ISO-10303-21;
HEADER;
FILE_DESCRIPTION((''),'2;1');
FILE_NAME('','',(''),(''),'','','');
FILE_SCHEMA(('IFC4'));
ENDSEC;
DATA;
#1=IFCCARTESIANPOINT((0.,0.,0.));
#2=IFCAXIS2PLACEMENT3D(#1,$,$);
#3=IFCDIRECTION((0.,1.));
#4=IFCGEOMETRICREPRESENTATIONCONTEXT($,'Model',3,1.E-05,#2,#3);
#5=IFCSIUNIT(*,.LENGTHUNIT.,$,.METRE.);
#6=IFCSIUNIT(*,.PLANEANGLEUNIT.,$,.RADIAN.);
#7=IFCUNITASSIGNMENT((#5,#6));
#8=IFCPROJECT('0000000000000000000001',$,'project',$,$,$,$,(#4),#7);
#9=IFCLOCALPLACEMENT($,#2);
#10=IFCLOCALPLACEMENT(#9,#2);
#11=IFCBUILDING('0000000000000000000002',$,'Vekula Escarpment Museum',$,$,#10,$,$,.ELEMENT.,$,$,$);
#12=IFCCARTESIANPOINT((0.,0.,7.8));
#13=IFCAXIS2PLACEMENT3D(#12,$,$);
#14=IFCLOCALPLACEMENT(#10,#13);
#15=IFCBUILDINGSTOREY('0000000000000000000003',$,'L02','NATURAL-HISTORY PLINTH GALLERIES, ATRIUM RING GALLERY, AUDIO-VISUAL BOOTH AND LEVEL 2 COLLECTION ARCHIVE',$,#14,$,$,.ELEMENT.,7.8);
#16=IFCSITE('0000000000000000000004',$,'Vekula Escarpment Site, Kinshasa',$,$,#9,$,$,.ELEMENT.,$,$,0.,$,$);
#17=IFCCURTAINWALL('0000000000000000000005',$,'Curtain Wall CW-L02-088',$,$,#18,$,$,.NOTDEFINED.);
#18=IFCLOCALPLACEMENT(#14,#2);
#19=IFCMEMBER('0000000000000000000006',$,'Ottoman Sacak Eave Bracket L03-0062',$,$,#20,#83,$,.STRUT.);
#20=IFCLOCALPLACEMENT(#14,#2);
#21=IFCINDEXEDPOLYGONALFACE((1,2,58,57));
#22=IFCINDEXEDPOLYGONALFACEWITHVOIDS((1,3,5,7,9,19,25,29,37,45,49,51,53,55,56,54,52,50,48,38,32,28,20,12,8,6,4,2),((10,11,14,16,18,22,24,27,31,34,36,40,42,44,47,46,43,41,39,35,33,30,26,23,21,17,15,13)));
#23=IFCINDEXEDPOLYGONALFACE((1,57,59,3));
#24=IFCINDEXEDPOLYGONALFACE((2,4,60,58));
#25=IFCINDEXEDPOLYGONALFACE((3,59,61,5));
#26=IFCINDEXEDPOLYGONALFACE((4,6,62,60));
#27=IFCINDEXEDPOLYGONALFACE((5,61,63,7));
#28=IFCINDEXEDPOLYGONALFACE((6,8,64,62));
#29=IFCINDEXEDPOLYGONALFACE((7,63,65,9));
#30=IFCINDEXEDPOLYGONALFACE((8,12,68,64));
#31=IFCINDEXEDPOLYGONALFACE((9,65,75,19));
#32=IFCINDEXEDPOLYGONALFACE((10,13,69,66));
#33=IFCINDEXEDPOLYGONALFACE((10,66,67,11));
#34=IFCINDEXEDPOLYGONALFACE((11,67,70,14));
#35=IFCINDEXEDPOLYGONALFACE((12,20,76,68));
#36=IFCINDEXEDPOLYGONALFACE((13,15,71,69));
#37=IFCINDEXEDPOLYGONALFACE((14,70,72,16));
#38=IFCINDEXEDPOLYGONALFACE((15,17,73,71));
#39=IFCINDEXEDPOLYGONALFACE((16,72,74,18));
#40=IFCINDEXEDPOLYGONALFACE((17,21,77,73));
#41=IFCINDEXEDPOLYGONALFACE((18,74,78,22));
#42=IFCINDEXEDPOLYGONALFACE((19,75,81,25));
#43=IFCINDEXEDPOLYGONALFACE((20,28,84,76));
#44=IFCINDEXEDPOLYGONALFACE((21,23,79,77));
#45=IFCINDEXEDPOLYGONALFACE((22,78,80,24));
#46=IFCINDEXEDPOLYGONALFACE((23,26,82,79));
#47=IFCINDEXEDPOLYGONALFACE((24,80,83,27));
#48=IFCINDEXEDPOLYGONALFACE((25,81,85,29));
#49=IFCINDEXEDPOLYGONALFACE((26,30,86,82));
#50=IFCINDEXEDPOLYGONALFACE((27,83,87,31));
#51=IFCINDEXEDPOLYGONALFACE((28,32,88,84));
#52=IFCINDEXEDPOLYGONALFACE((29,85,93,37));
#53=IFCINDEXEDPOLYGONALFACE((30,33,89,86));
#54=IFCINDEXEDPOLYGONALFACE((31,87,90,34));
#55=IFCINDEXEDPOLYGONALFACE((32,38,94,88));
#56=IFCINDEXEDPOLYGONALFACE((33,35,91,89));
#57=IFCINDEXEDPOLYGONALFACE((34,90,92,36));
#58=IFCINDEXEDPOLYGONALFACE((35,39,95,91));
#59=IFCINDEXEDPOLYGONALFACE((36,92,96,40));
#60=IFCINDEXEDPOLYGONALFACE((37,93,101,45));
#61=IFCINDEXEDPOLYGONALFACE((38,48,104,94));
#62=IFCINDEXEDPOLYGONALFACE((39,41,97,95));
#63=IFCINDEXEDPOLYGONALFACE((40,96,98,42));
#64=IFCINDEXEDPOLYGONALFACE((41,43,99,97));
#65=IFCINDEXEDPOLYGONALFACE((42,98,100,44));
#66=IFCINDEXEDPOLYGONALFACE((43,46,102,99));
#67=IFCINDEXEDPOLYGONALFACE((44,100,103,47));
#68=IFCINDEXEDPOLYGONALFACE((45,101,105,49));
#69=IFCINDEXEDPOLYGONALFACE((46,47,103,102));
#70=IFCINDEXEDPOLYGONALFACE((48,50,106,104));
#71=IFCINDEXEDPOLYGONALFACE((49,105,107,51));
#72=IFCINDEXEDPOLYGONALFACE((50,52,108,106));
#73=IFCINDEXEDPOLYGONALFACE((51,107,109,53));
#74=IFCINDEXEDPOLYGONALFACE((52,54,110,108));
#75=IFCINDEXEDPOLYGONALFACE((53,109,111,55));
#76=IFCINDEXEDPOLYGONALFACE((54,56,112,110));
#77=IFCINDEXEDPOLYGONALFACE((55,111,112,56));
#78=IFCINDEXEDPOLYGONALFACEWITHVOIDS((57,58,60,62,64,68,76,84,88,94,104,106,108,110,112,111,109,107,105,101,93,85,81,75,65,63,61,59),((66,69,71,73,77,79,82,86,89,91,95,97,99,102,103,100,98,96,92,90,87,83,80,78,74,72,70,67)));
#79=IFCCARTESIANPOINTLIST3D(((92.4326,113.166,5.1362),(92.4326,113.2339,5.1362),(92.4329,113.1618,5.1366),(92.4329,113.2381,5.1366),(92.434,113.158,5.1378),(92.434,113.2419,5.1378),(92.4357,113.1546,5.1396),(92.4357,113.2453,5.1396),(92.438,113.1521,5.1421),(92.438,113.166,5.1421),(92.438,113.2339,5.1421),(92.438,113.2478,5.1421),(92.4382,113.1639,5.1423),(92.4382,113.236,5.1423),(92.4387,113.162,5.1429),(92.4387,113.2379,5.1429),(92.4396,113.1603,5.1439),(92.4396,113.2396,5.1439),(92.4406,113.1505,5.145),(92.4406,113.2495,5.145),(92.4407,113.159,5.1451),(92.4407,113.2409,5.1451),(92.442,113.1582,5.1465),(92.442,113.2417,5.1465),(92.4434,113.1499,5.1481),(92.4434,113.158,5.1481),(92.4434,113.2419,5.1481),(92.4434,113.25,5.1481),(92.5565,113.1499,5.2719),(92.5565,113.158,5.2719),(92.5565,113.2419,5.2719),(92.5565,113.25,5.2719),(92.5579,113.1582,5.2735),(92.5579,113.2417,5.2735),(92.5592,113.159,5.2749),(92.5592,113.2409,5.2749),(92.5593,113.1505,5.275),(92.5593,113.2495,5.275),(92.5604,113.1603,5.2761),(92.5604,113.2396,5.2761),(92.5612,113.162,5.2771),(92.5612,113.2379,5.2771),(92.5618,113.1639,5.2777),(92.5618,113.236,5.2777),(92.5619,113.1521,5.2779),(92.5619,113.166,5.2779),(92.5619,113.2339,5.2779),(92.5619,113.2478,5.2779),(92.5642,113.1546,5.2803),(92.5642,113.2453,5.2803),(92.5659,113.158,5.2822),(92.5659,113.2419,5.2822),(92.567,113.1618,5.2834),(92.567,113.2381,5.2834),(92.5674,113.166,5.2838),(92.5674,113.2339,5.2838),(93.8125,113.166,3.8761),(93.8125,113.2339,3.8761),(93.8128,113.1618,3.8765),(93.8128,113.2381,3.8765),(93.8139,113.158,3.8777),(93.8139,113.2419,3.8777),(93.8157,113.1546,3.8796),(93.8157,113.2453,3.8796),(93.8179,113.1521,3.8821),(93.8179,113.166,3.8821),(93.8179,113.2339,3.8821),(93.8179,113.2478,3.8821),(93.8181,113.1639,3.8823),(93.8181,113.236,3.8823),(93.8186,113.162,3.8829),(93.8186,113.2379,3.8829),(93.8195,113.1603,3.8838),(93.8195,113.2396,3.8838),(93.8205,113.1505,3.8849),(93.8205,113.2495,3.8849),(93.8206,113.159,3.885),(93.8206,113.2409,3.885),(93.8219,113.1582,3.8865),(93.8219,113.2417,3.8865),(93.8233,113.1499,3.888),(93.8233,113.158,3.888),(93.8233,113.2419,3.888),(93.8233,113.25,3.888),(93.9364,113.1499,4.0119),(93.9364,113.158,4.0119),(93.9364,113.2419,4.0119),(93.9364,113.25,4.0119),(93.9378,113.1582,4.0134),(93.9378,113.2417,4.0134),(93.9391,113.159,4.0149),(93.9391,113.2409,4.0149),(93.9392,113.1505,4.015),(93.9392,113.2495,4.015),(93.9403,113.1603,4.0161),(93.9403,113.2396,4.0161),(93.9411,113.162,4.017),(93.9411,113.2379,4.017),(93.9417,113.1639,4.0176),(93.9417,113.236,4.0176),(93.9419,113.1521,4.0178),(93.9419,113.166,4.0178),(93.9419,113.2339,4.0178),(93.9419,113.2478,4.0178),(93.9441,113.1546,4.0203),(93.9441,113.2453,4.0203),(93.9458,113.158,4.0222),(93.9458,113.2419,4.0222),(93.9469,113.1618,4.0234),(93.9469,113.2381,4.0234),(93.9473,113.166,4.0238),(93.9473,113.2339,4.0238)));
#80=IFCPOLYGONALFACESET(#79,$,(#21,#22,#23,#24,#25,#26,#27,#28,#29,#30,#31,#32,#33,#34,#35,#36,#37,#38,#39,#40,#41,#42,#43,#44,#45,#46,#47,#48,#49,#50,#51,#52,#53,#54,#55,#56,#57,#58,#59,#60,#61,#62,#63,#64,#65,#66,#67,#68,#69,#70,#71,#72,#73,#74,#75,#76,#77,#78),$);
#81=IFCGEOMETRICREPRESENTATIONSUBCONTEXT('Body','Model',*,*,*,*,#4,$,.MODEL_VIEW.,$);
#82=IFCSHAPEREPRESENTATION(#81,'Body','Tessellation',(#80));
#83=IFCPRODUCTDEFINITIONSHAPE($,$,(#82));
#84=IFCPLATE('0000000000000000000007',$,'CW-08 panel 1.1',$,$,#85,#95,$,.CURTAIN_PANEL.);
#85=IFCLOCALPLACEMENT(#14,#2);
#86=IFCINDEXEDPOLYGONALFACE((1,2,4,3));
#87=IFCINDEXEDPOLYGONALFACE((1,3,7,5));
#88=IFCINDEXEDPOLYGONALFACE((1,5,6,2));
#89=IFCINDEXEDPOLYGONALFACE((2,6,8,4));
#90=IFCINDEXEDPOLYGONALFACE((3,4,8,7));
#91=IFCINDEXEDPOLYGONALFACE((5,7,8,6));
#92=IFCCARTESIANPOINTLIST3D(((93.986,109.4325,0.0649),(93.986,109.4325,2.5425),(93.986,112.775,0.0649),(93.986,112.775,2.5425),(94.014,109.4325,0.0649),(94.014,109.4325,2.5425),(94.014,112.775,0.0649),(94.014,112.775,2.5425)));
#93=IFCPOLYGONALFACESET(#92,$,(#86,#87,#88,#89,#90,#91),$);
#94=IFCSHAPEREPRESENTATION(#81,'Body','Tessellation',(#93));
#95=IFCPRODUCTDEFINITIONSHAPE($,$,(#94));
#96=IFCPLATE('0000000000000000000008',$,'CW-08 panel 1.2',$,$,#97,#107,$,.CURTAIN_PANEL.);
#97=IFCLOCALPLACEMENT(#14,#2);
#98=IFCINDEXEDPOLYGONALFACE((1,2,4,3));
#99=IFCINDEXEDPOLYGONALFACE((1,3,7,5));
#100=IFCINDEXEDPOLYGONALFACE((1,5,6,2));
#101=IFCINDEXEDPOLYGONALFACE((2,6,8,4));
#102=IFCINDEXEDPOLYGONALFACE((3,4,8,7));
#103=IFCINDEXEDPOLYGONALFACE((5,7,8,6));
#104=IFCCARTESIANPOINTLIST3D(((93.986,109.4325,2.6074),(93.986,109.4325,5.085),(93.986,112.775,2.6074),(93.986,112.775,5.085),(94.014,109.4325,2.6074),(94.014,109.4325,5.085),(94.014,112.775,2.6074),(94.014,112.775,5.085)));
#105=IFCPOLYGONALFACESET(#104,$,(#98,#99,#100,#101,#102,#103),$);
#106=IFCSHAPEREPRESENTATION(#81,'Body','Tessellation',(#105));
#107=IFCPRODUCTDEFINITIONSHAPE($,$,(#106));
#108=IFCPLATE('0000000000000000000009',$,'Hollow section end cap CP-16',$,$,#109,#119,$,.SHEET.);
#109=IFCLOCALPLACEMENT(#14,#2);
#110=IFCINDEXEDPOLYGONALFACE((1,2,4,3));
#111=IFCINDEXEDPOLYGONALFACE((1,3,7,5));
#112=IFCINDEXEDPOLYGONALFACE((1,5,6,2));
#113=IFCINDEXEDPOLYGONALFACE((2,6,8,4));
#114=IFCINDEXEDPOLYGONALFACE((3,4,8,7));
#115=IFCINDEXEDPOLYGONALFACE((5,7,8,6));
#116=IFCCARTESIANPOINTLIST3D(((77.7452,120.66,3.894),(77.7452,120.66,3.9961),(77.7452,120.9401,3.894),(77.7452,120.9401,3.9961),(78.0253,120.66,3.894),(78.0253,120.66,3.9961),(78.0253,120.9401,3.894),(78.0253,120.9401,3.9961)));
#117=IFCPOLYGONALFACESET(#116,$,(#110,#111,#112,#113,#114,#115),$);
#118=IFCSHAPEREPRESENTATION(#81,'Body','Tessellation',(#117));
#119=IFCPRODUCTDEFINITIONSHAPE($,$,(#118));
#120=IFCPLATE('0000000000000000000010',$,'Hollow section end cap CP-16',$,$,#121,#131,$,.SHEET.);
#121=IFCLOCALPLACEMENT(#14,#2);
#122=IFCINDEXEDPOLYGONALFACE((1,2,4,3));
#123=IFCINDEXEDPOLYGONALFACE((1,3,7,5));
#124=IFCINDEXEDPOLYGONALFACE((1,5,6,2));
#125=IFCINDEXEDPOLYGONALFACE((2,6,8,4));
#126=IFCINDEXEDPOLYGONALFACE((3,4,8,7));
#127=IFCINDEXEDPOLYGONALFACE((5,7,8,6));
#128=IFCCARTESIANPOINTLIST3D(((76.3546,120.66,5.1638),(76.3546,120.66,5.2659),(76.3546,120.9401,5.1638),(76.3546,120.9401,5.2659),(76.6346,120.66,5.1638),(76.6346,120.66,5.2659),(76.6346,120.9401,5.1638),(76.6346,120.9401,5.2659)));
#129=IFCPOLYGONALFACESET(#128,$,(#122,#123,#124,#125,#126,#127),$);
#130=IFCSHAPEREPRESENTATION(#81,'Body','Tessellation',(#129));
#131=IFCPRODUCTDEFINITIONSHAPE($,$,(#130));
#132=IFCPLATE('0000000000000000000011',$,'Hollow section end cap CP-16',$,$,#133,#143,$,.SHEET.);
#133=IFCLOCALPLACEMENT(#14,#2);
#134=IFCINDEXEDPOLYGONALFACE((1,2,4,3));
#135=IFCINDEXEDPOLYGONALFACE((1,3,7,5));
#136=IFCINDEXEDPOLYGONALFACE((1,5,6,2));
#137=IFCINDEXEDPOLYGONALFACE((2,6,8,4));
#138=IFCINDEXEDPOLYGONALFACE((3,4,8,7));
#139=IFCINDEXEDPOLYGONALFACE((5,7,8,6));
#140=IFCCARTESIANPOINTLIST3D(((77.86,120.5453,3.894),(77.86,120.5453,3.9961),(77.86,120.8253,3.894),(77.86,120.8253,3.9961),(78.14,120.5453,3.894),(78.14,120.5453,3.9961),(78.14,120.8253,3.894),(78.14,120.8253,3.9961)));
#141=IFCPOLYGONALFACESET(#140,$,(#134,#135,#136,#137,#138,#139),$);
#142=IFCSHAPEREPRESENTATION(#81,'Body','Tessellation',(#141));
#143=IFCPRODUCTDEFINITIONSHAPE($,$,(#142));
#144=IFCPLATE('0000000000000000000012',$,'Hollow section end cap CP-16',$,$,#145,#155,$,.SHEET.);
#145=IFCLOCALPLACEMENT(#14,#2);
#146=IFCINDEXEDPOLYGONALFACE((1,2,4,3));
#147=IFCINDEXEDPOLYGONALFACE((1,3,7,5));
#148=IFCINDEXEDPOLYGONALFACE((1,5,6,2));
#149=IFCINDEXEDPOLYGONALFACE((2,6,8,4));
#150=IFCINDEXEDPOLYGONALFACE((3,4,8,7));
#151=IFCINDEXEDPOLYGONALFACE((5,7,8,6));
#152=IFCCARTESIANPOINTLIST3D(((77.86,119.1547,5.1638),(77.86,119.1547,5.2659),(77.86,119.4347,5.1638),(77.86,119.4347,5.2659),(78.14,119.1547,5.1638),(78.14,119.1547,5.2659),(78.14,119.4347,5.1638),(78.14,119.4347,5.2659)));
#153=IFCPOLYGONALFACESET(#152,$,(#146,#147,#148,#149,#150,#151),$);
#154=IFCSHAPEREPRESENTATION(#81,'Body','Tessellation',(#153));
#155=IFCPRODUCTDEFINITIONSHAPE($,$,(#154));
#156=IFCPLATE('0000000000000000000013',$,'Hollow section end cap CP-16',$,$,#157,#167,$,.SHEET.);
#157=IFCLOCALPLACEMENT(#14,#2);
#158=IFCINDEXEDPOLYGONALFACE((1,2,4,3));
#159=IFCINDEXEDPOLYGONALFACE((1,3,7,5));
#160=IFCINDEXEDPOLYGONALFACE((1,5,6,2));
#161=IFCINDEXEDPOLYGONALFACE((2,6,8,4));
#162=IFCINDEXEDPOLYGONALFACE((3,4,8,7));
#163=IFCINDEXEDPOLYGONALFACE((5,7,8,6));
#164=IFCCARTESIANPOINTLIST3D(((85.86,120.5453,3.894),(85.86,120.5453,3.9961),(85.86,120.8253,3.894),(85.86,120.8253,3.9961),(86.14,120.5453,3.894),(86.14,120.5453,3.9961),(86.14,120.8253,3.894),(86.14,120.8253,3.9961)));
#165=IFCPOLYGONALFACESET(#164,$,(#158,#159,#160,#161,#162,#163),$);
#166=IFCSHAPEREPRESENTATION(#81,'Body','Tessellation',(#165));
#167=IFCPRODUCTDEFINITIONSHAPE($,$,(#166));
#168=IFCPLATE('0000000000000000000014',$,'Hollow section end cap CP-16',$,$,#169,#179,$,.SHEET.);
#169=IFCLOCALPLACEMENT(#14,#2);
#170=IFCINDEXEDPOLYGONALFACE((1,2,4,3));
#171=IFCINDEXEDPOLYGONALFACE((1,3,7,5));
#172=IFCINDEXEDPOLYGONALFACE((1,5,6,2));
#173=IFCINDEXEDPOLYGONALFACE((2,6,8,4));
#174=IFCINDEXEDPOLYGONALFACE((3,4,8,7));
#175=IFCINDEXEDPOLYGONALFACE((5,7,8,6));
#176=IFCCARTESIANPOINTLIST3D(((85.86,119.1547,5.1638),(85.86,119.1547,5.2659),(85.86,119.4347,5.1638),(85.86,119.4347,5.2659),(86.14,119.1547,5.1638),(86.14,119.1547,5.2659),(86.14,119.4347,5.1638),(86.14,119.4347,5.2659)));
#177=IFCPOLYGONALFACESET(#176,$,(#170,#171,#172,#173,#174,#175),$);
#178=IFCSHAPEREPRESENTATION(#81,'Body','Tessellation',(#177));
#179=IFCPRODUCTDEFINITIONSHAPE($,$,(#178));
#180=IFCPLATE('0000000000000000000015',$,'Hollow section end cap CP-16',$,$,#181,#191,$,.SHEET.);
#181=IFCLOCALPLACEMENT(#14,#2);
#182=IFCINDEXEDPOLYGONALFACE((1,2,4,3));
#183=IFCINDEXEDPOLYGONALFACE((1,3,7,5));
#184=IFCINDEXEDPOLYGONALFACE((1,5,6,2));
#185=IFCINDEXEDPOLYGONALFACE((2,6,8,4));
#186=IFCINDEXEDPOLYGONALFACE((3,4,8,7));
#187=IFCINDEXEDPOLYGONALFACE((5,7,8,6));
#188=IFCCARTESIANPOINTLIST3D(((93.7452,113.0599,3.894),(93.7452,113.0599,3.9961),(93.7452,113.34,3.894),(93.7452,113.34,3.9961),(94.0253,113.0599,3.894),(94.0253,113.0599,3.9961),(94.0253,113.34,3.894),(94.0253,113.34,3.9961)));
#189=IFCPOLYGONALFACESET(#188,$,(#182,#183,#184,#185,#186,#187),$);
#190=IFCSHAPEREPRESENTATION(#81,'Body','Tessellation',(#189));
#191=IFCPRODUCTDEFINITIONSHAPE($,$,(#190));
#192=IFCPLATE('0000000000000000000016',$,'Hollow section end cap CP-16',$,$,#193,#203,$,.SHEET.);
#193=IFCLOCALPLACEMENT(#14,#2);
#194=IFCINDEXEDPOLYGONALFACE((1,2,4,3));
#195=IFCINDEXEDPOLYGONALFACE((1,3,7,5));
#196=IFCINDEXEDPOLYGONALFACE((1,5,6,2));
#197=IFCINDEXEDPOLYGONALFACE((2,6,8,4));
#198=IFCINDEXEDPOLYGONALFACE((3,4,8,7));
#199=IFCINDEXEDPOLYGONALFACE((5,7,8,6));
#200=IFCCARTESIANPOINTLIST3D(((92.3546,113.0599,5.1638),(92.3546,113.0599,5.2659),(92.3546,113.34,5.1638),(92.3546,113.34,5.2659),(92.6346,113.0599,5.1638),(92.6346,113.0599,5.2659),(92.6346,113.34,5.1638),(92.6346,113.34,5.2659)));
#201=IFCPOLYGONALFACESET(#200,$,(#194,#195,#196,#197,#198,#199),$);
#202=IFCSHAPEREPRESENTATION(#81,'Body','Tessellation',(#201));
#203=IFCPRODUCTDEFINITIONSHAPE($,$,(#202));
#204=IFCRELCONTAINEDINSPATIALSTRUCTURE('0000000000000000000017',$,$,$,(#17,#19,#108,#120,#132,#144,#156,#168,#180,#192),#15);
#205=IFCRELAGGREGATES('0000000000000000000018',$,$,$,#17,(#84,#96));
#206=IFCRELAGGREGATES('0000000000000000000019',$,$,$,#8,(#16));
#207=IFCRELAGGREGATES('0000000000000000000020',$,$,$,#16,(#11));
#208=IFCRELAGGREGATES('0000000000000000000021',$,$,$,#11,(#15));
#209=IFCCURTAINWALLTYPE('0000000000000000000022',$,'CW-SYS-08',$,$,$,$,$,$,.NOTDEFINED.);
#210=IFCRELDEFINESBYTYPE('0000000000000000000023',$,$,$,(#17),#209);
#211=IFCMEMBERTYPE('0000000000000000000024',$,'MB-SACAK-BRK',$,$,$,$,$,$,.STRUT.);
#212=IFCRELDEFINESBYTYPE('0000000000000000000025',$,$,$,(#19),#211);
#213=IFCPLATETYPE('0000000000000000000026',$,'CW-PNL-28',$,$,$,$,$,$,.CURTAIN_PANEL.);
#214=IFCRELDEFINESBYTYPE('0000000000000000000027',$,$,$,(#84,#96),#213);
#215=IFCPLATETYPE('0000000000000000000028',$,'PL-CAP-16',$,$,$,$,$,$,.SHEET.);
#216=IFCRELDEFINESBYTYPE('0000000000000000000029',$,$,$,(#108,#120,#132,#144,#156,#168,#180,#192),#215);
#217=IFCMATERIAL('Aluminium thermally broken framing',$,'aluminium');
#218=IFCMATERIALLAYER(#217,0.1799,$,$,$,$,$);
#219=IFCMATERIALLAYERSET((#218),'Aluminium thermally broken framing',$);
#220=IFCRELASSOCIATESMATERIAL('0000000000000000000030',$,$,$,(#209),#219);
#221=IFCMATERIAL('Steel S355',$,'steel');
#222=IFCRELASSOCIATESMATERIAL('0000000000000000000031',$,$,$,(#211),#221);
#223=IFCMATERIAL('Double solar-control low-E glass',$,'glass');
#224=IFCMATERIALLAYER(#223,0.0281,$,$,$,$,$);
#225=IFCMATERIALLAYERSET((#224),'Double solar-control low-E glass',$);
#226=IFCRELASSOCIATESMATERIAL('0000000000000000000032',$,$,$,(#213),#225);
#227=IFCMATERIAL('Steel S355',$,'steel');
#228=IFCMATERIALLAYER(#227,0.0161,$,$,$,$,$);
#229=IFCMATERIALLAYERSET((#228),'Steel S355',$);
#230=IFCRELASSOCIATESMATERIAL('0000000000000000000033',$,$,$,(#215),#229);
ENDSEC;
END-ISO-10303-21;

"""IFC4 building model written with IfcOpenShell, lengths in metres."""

from ifc_helpers import new_model, si_unit, direction, frame, origin, origin_2d, place, context, subcontext, project, spatial, rectangle, hollow_rectangle, extrude, material, layer, layer_set, material_profile, profile_set, type_object, element, aggregate, save


model = new_model("IFC4")

# Units and contexts
model_context = context("Model", 3, precision=1e-05, world=origin(), true_north=direction((0.0, 1.0)))
body_context = subcontext(model_context, "Body", "Model", "MODEL_VIEW")
ifc_project = project(units=[si_unit("LENGTHUNIT", "METRE"), si_unit("PLANEANGLEUNIT", "RADIAN")], contexts=[model_context])

# Site, building, storey
site_placement = place(None, origin())
site = spatial("IfcSite", under=ifc_project, at=site_placement, Name="Vekula Escarpment Site, Kinshasa", CompositionType="ELEMENT", RefElevation=0.0)
building_placement = place(site_placement, origin())
building = spatial("IfcBuilding", under=site, at=building_placement, Name="Vekula Escarpment Museum", CompositionType="ELEMENT")
storey_placement = place(building_placement, frame((0.0, 0.0, 7.8)))
storey = spatial("IfcBuildingStorey", under=building, at=storey_placement, Name="L02", Description="NATURAL-HISTORY PLINTH GALLERIES, ATRIUM RING GALLERY, AUDIO-VISUAL BOOTH AND LEVEL 2 COLLECTION ARCHIVE", CompositionType="ELEMENT", Elevation=7.8)

# Curtain wall
ifc_material_1 = material(Name="Aluminium thermally broken framing", Category="aluminium")
ifc_layer_1 = layer(ifc_material_1, 0.1799)
ifc_layer_set_1 = layer_set([ifc_layer_1], Name="Aluminium thermally broken framing")
curtain_wall_type_1 = type_object("IfcCurtainWallType", Name="CW-SYS-08", PredefinedType="NOTDEFINED", material=ifc_layer_set_1)
curtain_wall_1_placement = place(storey_placement, origin())
curtain_wall_1 = element("IfcCurtainWall", 1, at=curtain_wall_1_placement, inside=storey, type_object=curtain_wall_type_1, Name="Curtain Wall CW-L02-088", PredefinedType="NOTDEFINED")

# Member
ifc_material_2 = material(Name="Steel S355", Category="steel")
ifc_material_profile_1 = material_profile(ifc_material_2, hollow_rectangle(XDim=0.1001, YDim=0.2, WallThickness=0.0081, InnerFilletRadius=0.0081, OuterFilletRadius=0.0161, at=origin_2d()), Name="RHS 200x100x8")
ifc_profile_set_1 = profile_set([ifc_material_profile_1], Name="Steel S355")
member_type_1 = type_object("IfcMemberType", Name="MB-SACAK-BRK", PredefinedType="STRUT", material=ifc_profile_set_1)
for number, where, z_axis, x_axis, name in (
    (2, (93.8799, 113.2, 3.95), (-0.738454, 0.0, 0.674303), (0.0, -1.0, 0.0), "Ottoman Sacak Eave Bracket L03-0062"),
):
    element("IfcMember", number, at=place(storey_placement, frame(where, z_axis=z_axis, x_axis=x_axis)), inside=storey, type_object=member_type_1, Name=name, PredefinedType="STRUT", context=body_context, shape_type="SweptSolid", body=[
        extrude(hollow_rectangle(XDim=0.1001, YDim=0.2, WallThickness=0.0081, InnerFilletRadius=0.0081, OuterFilletRadius=0.0161, at=origin_2d()), origin(), (0.0, 0.0, 1.0), 1.8687),
    ])

# Plates
ifc_material_3 = material(Name="Double solar-control low-E glass", Category="glass")
ifc_layer_2 = layer(ifc_material_3, 0.0281)
ifc_layer_set_2 = layer_set([ifc_layer_2], Name="Double solar-control low-E glass")
plate_type_1 = type_object("IfcPlateType", Name="CW-PNL-28", PredefinedType="CURTAIN_PANEL", material=ifc_layer_set_2)
plate_1_placement = place(storey_placement, frame((94.0, 111.1038, 0.0649), z_axis=(0.0, 0.0, 1.0), x_axis=(0.0, -1.0, 0.0)))
plate_1 = element("IfcPlate", 3, at=plate_1_placement, type_object=plate_type_1, Name="CW-08 panel 1.1", PredefinedType="CURTAIN_PANEL", context=body_context, shape_type="SweptSolid", body=[
    extrude(rectangle(XDim=3.3425, YDim=0.0281, at=origin_2d()), origin(), (0.0, 0.0, 1.0), 2.4775),
])
plate_2_placement = place(storey_placement, frame((94.0, 111.1038, 2.6074), z_axis=(0.0, 0.0, 1.0), x_axis=(0.0, -1.0, 0.0)))
plate_2 = element("IfcPlate", 4, at=plate_2_placement, type_object=plate_type_1, Name="CW-08 panel 1.2", PredefinedType="CURTAIN_PANEL", context=body_context, shape_type="SweptSolid", body=[
    extrude(rectangle(XDim=3.3425, YDim=0.0281, at=origin_2d()), origin(), (0.0, 0.0, 1.0), 2.4775),
])
aggregate(curtain_wall_1, [plate_1, plate_2])

# Plates
ifc_material_4 = material(Name="Steel S355", Category="steel")
ifc_layer_3 = layer(ifc_material_4, 0.0161)
ifc_layer_set_3 = layer_set([ifc_layer_3], Name="Steel S355")
plate_type_2 = type_object("IfcPlateType", Name="PL-CAP-16", PredefinedType="SHEET", material=ifc_layer_set_3)
for number, where, z_axis, x_axis, name in (
    (5, (77.8853, 120.8, 3.894), (0.0, 0.0, 1.0), (1.0, 0.0, 0.0), "Hollow section end cap CP-16"),
    (6, (76.4946, 120.8, 5.1638), (0.0, 0.0, 1.0), (1.0, 0.0, 0.0), "Hollow section end cap CP-16"),
    (7, (78.0, 120.6853, 3.894), (0.0, 0.0, 1.0), (1.0, 0.0, 0.0), "Hollow section end cap CP-16"),
    (8, (78.0, 119.2947, 5.1638), (0.0, 0.0, 1.0), (1.0, 0.0, 0.0), "Hollow section end cap CP-16"),
    (9, (86.0, 120.6853, 3.894), (0.0, 0.0, 1.0), (1.0, 0.0, 0.0), "Hollow section end cap CP-16"),
    (10, (86.0, 119.2947, 5.1638), (0.0, 0.0, 1.0), (1.0, 0.0, 0.0), "Hollow section end cap CP-16"),
    (11, (93.8853, 113.2, 3.894), (0.0, 0.0, 1.0), (1.0, 0.0, 0.0), "Hollow section end cap CP-16"),
    (12, (92.4946, 113.2, 5.1638), (0.0, 0.0, 1.0), (1.0, 0.0, 0.0), "Hollow section end cap CP-16"),
):
    element("IfcPlate", number, at=place(storey_placement, frame(where, z_axis=z_axis, x_axis=x_axis)), inside=storey, type_object=plate_type_2, Name=name, PredefinedType="SHEET", context=body_context, shape_type="SweptSolid", body=[
        extrude(rectangle(XDim=0.28, YDim=0.28, at=origin_2d()), origin(), (0.0, 0.0, 1.0), 0.1021),
    ])

save(model, "model.ifc")
